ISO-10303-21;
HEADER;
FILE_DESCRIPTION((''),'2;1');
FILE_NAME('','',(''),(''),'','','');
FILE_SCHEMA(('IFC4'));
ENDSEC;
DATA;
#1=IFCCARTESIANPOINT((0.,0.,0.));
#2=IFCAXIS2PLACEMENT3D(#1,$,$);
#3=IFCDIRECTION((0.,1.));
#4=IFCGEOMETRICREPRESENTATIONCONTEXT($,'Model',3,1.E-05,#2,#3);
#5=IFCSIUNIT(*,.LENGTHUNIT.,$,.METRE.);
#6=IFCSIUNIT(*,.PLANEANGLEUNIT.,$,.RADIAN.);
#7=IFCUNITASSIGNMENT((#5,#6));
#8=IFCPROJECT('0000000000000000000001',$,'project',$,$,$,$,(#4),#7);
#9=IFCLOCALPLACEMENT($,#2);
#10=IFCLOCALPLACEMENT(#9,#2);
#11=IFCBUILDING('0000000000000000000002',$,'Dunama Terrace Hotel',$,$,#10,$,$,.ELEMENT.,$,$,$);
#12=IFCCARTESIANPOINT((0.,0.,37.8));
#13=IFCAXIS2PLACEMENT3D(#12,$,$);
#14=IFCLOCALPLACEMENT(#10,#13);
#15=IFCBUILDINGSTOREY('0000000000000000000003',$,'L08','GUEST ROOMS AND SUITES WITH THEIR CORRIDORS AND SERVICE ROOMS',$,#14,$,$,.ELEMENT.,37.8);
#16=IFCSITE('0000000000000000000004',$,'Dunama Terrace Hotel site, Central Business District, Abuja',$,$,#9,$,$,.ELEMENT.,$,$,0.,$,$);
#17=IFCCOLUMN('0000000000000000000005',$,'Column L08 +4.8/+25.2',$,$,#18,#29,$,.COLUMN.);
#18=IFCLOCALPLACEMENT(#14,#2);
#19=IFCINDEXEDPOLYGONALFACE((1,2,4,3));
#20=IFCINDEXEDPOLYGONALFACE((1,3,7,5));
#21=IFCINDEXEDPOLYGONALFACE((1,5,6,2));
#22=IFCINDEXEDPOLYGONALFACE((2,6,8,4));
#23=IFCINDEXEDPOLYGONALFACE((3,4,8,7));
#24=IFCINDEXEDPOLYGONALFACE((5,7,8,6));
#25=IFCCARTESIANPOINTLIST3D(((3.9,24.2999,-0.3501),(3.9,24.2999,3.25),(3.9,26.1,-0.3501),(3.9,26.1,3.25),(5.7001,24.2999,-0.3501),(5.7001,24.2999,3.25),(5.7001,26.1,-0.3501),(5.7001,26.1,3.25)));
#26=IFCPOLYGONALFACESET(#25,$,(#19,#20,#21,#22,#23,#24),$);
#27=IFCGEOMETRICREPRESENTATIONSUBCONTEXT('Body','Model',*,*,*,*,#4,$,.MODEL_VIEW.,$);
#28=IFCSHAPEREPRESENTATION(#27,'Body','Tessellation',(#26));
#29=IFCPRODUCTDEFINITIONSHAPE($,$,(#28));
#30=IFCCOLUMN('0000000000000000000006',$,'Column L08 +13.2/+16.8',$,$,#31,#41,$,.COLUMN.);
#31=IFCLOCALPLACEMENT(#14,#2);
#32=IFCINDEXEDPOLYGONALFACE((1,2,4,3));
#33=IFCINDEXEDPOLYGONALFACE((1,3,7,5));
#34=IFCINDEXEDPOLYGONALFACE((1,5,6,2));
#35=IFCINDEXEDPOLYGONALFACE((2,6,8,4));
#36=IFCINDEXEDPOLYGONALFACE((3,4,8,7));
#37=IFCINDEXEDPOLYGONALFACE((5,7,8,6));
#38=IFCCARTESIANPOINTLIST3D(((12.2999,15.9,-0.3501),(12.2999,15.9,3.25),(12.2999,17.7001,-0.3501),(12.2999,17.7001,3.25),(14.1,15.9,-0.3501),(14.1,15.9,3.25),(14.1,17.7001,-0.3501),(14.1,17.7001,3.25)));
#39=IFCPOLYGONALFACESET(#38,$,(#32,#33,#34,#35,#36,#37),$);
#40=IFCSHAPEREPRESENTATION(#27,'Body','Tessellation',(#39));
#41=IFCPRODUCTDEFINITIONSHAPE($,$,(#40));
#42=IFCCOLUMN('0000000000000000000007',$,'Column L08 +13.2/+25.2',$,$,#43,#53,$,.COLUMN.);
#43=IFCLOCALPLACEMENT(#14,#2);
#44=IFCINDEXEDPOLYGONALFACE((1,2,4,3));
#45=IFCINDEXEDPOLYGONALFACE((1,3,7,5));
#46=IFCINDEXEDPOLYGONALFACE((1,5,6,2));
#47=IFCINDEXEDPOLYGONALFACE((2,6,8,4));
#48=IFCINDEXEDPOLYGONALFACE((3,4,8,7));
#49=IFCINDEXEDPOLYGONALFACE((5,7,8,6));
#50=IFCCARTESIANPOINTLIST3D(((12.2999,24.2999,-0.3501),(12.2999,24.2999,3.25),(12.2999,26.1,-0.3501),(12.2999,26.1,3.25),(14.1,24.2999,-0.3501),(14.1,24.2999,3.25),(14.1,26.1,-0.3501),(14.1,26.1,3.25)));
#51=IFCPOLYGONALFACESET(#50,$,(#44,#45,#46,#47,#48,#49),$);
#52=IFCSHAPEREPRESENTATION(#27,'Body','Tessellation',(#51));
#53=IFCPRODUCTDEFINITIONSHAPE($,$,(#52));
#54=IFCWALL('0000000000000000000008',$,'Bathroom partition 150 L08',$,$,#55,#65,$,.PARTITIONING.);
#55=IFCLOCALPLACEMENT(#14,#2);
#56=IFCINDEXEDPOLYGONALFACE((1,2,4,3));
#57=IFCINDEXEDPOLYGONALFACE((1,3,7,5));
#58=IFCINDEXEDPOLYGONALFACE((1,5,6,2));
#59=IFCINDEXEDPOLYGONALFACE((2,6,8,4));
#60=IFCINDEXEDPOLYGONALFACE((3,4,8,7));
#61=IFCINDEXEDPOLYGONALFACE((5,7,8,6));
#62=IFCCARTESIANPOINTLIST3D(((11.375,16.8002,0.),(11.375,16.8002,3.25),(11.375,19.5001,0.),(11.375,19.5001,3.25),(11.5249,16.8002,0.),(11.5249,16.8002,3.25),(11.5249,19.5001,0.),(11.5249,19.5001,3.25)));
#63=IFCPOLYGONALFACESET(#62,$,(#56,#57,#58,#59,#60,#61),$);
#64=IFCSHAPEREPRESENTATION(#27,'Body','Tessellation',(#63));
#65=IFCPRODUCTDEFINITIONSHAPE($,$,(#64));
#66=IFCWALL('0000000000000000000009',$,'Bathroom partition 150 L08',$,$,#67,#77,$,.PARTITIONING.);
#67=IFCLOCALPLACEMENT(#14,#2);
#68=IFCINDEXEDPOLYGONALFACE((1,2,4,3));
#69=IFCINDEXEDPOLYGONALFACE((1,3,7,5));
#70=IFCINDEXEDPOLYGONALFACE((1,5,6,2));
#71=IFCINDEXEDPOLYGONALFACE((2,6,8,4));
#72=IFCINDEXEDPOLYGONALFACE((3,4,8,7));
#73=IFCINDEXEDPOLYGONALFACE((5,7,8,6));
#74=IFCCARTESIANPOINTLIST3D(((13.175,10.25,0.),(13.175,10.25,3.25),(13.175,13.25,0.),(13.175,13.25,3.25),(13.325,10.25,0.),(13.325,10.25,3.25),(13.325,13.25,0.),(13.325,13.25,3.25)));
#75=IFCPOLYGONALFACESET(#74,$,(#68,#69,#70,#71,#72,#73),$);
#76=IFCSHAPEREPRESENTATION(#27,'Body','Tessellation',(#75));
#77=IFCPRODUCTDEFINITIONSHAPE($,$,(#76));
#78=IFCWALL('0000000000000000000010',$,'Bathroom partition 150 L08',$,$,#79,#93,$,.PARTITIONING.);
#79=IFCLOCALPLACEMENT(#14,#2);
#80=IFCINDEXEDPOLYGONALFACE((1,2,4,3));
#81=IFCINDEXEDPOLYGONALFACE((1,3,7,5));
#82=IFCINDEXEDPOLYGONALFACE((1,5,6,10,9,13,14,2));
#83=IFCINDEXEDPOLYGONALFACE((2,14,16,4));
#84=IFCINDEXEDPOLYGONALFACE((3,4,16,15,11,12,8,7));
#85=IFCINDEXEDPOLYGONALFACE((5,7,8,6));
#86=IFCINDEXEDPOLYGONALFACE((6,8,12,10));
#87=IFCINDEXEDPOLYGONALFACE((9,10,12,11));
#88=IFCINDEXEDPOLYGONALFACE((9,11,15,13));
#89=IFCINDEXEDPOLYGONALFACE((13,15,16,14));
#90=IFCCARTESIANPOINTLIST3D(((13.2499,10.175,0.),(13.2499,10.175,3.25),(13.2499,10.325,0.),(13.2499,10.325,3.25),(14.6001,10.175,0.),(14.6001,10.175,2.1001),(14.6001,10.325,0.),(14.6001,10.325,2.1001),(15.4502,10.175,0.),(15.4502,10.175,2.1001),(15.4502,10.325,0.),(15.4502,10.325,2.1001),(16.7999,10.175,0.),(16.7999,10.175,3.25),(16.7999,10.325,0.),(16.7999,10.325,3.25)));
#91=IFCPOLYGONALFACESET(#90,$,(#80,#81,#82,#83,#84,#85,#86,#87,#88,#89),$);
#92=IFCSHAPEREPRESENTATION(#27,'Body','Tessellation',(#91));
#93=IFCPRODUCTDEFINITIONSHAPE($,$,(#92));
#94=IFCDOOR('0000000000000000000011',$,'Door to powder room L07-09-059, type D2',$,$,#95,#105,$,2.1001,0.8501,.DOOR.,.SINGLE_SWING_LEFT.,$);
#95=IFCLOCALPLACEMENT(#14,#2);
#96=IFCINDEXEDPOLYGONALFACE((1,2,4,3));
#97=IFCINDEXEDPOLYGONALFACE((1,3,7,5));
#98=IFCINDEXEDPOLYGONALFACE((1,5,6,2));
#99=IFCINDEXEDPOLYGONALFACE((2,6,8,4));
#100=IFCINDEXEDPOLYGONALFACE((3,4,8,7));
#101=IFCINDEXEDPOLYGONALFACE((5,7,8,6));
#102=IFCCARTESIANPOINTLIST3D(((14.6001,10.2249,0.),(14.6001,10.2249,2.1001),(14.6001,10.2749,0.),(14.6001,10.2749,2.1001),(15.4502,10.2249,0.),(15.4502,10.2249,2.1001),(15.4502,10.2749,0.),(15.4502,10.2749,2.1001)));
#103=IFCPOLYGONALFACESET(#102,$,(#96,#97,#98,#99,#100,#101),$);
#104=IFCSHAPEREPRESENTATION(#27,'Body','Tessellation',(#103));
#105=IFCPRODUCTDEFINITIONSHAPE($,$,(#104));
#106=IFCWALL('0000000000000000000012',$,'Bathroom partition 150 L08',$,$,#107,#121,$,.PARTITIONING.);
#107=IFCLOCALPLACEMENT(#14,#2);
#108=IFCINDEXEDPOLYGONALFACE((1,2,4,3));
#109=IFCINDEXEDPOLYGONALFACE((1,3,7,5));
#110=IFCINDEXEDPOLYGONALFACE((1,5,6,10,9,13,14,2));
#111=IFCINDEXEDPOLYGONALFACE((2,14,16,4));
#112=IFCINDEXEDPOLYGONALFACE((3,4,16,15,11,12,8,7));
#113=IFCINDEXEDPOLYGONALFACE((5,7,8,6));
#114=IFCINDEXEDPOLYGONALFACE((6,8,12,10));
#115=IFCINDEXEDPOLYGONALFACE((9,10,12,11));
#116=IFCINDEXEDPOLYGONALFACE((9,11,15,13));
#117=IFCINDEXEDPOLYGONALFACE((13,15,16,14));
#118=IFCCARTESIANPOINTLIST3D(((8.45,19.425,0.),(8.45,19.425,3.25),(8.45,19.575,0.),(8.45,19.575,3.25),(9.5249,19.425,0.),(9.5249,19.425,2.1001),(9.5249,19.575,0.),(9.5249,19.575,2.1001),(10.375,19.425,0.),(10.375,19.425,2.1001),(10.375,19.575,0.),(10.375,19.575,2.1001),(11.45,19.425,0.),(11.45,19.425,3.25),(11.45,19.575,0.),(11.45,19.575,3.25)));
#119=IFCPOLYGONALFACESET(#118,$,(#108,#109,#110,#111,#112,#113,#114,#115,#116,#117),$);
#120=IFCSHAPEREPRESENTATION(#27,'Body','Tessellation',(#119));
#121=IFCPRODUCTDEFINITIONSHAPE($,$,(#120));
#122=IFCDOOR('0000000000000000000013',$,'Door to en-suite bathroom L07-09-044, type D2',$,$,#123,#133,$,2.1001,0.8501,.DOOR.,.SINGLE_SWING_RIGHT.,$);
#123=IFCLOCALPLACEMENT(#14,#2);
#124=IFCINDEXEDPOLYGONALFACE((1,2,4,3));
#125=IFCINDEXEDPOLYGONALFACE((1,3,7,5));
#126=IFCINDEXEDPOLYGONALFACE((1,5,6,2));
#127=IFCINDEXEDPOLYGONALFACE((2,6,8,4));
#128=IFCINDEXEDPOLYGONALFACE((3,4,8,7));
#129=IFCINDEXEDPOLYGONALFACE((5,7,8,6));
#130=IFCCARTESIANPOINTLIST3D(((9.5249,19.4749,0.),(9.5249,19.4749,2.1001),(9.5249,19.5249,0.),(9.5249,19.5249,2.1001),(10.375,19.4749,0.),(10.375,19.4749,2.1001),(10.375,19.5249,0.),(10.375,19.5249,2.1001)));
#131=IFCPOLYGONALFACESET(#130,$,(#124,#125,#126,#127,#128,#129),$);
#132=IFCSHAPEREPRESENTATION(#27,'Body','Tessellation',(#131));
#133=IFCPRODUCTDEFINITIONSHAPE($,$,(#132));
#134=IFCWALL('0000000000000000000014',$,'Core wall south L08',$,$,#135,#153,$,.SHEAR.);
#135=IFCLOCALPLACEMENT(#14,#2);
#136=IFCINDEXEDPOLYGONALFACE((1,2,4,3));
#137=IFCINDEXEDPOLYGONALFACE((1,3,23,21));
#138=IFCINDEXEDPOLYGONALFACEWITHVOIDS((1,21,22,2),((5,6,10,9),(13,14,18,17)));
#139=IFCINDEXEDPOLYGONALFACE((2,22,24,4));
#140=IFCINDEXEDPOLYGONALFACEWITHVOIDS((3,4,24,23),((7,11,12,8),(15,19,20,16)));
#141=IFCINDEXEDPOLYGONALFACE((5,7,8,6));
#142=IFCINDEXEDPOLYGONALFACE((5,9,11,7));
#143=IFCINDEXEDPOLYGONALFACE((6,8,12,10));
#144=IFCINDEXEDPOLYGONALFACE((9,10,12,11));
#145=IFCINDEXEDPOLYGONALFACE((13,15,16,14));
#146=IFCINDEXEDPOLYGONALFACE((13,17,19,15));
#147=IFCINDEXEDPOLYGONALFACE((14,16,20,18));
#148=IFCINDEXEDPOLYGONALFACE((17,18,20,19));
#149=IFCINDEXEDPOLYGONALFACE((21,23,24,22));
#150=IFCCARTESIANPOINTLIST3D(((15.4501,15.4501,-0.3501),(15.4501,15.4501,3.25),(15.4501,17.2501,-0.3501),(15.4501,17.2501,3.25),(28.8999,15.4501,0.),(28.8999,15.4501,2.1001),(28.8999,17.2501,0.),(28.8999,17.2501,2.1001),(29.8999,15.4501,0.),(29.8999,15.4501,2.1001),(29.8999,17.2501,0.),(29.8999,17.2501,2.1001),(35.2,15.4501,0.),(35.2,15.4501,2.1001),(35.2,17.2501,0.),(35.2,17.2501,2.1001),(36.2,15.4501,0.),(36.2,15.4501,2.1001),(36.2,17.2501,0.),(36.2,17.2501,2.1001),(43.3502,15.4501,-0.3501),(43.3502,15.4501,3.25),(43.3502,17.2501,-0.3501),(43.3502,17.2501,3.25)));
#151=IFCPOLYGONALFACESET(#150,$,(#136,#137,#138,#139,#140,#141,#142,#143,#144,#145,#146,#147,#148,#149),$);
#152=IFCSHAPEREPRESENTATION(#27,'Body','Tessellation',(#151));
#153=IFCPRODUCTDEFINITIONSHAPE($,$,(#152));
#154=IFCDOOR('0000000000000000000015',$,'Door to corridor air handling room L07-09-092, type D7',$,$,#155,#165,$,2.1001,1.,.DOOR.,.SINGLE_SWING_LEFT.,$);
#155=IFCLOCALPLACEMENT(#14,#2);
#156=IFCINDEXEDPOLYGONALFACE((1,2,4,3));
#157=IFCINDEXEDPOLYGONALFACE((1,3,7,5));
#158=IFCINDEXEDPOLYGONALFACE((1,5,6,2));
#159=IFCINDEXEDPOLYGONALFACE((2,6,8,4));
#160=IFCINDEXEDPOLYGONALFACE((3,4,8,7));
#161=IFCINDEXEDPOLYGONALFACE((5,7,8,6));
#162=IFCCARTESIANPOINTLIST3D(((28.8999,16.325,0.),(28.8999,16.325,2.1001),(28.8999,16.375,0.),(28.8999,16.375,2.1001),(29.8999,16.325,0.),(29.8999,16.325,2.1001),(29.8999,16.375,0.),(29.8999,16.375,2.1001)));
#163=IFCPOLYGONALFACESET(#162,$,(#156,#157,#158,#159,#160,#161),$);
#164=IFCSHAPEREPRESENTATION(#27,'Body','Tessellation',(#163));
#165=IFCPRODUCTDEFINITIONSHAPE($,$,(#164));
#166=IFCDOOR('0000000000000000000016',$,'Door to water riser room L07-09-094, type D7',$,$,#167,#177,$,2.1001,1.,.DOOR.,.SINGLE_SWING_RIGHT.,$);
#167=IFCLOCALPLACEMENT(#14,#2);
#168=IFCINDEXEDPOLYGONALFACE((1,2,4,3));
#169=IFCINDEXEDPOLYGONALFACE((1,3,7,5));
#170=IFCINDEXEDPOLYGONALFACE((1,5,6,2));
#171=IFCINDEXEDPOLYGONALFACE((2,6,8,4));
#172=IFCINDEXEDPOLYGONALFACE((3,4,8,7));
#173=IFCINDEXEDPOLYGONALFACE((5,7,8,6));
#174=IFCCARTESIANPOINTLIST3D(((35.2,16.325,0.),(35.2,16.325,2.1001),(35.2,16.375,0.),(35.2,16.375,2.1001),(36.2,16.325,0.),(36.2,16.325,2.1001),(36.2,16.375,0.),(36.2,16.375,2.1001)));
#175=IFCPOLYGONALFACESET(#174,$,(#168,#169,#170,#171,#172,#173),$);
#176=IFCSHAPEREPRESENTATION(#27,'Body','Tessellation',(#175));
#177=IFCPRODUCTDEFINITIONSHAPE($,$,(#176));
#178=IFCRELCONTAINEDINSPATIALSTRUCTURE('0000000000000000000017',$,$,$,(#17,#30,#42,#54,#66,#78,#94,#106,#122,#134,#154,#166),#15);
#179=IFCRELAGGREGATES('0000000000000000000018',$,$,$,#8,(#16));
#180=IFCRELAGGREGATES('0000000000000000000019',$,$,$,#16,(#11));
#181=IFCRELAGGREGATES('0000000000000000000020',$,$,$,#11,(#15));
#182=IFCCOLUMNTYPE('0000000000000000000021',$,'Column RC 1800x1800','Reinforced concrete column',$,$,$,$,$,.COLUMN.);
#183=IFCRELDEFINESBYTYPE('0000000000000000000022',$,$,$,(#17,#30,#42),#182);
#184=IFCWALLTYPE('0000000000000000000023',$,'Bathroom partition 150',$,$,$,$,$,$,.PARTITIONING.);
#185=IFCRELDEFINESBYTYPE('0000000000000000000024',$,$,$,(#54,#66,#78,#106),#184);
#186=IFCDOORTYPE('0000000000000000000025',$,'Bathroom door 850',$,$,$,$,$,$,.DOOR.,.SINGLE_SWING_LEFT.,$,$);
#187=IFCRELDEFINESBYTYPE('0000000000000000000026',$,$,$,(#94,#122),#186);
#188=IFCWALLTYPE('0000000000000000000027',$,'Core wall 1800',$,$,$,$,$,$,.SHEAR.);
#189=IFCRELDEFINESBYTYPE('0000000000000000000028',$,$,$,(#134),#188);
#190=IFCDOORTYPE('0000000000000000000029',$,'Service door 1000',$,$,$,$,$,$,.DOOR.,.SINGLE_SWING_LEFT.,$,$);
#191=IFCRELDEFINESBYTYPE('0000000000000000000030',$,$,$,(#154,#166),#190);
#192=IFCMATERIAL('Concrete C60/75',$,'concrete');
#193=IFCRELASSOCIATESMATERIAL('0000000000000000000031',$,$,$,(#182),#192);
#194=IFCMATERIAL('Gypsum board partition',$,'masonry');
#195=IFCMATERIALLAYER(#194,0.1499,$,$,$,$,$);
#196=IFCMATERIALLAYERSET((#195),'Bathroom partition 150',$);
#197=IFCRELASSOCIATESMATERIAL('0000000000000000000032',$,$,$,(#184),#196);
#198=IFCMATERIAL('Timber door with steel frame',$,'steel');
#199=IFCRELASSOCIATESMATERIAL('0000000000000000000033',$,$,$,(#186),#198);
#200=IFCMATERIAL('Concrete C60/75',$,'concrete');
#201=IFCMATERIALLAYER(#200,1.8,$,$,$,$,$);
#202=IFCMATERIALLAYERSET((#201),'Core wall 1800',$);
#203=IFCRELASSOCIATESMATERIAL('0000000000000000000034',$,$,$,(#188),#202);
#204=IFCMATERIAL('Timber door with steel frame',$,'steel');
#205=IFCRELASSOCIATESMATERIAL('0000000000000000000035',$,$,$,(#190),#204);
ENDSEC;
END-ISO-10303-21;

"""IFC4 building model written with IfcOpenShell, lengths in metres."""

from ifc_helpers import new_model, si_unit, direction, frame, frame_2d, origin, origin_2d, place, context, subcontext, project, spatial, rectangle, extrude, material, layer, layer_set, material_profile, profile_set, type_object, element, fill, save


model = new_model("IFC4")

# Units and contexts
model_context = context("Model", 3, precision=1e-05, world=origin(), true_north=direction((0.0, 1.0)))
body_context = subcontext(model_context, "Body", "Model", "MODEL_VIEW")
ifc_project = project(units=[si_unit("LENGTHUNIT", "METRE"), si_unit("PLANEANGLEUNIT", "RADIAN")], contexts=[model_context])

# Site, building, storey
site_placement = place(None, origin())
site = spatial("IfcSite", under=ifc_project, at=site_placement, Name="Dunama Terrace Hotel site, Central Business District, Abuja", CompositionType="ELEMENT", RefElevation=0.0)
building_placement = place(site_placement, origin())
building = spatial("IfcBuilding", under=site, at=building_placement, Name="Dunama Terrace Hotel", CompositionType="ELEMENT")
storey_placement = place(building_placement, frame((0.0, 0.0, 37.8)))
storey = spatial("IfcBuildingStorey", under=building, at=storey_placement, Name="L08", Description="GUEST ROOMS AND SUITES WITH THEIR CORRIDORS AND SERVICE ROOMS", CompositionType="ELEMENT", Elevation=37.8)

# Columns
ifc_material_1 = material(Name="Concrete C60/75", Category="concrete")
ifc_material_profile = material_profile(ifc_material_1, rectangle(XDim=1.8, YDim=1.8, at=origin_2d()), Name="RC 1800x1800")
ifc_profile_set = profile_set([ifc_material_profile], Name="Concrete C60/75")
column_type = type_object("IfcColumnType", Name="Column RC 1800x1800", Description="Reinforced concrete column", PredefinedType="COLUMN", material=ifc_profile_set)
for number, where, z_axis, x_axis, name in (
    (1, (4.8, 25.2, -0.3501), (0.0, 0.0, 1.0), (1.0, 0.0, 0.0), "Column L08 +4.8/+25.2"),
    (2, (13.2, 16.8, -0.3501), (0.0, 0.0, 1.0), (1.0, 0.0, 0.0), "Column L08 +13.2/+16.8"),
    (3, (13.2, 25.2, -0.3501), (0.0, 0.0, 1.0), (1.0, 0.0, 0.0), "Column L08 +13.2/+25.2"),
):
    element("IfcColumn", number, at=place(storey_placement, frame(where, z_axis=z_axis, x_axis=x_axis)), inside=storey, type_object=column_type, Name=name, PredefinedType="COLUMN", context=body_context, shape_type="SweptSolid", body=[
        extrude(rectangle(XDim=1.8, YDim=1.8, at=origin_2d()), origin(), (0.0, 0.0, 1.0), 3.6001),
    ])

# Walls
ifc_material_2 = material(Name="Gypsum board partition", Category="masonry")
ifc_layer_1 = layer(ifc_material_2, 0.1499)
ifc_layer_set_1 = layer_set([ifc_layer_1], Name="Bathroom partition 150")
wall_type_1 = type_object("IfcWallType", Name="Bathroom partition 150", PredefinedType="PARTITIONING", material=ifc_layer_set_1)
wall_1_placement = place(storey_placement, frame((11.45, 16.8, 0.0), z_axis=(0.0, 0.0, 1.0), x_axis=(0.0, 1.0, 0.0)))
element("IfcWall", 4, at=wall_1_placement, inside=storey, type_object=wall_type_1, Name="Bathroom partition 150 L08", PredefinedType="PARTITIONING", context=body_context, shape_type="SweptSolid", body=[
    extrude(rectangle(XDim=2.7, YDim=0.1499, at=frame_2d((1.3501, 0.0))), origin(), (0.0, 0.0, 1.0), 3.25),
])
wall_2_placement = place(storey_placement, frame((13.25, 10.25, 0.0), z_axis=(0.0, 0.0, 1.0), x_axis=(0.0, 1.0, 0.0)))
element("IfcWall", 5, at=wall_2_placement, inside=storey, type_object=wall_type_1, Name="Bathroom partition 150 L08", PredefinedType="PARTITIONING", context=body_context, shape_type="SweptSolid", body=[
    extrude(rectangle(XDim=3.0, YDim=0.1499, at=frame_2d((1.5, 0.0))), origin(), (0.0, 0.0, 1.0), 3.25),
])

# Walls, openings, doors
wall_3_placement = place(storey_placement, frame((13.25, 10.25, 0.0), z_axis=(0.0, 0.0, 1.0), x_axis=(1.0, 0.0, 0.0)))
wall_3 = element("IfcWall", 6, at=wall_3_placement, inside=storey, type_object=wall_type_1, Name="Bathroom partition 150 L08", PredefinedType="PARTITIONING", context=body_context, shape_type="SweptSolid", body=[
    extrude(rectangle(XDim=3.55, YDim=0.1499, at=frame_2d((1.7749, 0.0))), origin(), (0.0, 0.0, 1.0), 3.25),
])
opening_1_placement = place(wall_3_placement, frame((1.3501, 0.0, 0.0)))
opening_1 = element("IfcOpeningElement", 7, at=opening_1_placement, cuts=wall_3, PredefinedType="OPENING", context=body_context, shape_type="SweptSolid", body=[
    extrude(rectangle(XDim=0.8501, YDim=2.1001, at=frame_2d((0.425, 1.05))), frame((0.0, 0.085, 0.0), z_axis=(0.0, -1.0, 0.0), x_axis=(1.0, 0.0, 0.0)), (0.0, 0.0, 1.0), 0.1699),
])
ifc_material_3 = material(Name="Timber door with steel frame", Category="steel")
door_type_1 = type_object("IfcDoorType", Name="Bathroom door 850", OperationType="SINGLE_SWING_LEFT", PredefinedType="DOOR", material=ifc_material_3)
door_1_placement = place(opening_1_placement, origin())
door_1 = element("IfcDoor", 8, at=door_1_placement, inside=storey, type_object=door_type_1, Name="Door to powder room L07-09-059, type D2", OperationType="SINGLE_SWING_LEFT", OverallHeight=2.1001, OverallWidth=0.8501, PredefinedType="DOOR", context=body_context, shape_type="SweptSolid", body=[
    extrude(rectangle(XDim=0.8501, YDim=2.1001, at=frame_2d((0.425, 1.05))), frame((0.0, 0.0249, 0.0), z_axis=(0.0, -1.0, 0.0), x_axis=(1.0, 0.0, 0.0)), (0.0, 0.0, 1.0), 0.05),
])
fill(opening_1, door_1)
wall_4_placement = place(storey_placement, frame((8.45, 19.5, 0.0), z_axis=(0.0, 0.0, 1.0), x_axis=(1.0, 0.0, 0.0)))
wall_4 = element("IfcWall", 9, at=wall_4_placement, inside=storey, type_object=wall_type_1, Name="Bathroom partition 150 L08", PredefinedType="PARTITIONING", context=body_context, shape_type="SweptSolid", body=[
    extrude(rectangle(XDim=3.0, YDim=0.1499, at=frame_2d((1.5, 0.0))), origin(), (0.0, 0.0, 1.0), 3.25),
])
opening_2_placement = place(wall_4_placement, frame((1.075, 0.0, 0.0)))
opening_2 = element("IfcOpeningElement", 10, at=opening_2_placement, cuts=wall_4, PredefinedType="OPENING", context=body_context, shape_type="SweptSolid", body=[
    extrude(rectangle(XDim=0.8501, YDim=2.1001, at=frame_2d((0.425, 1.05))), frame((0.0, 0.085, 0.0), z_axis=(0.0, -1.0, 0.0), x_axis=(1.0, 0.0, 0.0)), (0.0, 0.0, 1.0), 0.1699),
])
door_2_placement = place(opening_2_placement, frame((0.8501, 0.0, 0.0), z_axis=(0.0, 0.0, 1.0), x_axis=(-1.0, 0.0, 0.0)))
door_2 = element("IfcDoor", 11, at=door_2_placement, inside=storey, type_object=door_type_1, Name="Door to en-suite bathroom L07-09-044, type D2", OperationType="SINGLE_SWING_RIGHT", OverallHeight=2.1001, OverallWidth=0.8501, PredefinedType="DOOR", context=body_context, shape_type="SweptSolid", body=[
    extrude(rectangle(XDim=0.8501, YDim=2.1001, at=frame_2d((0.425, 1.05))), frame((0.0, 0.0251, 0.0), z_axis=(0.0, -1.0, 0.0), x_axis=(1.0, 0.0, 0.0)), (0.0, 0.0, 1.0), 0.05),
])
fill(opening_2, door_2)

# Wall, openings, doors
ifc_material_4 = material(Name="Concrete C60/75", Category="concrete")
ifc_layer_2 = layer(ifc_material_4, 1.8)
ifc_layer_set_2 = layer_set([ifc_layer_2], Name="Core wall 1800")
wall_type_2 = type_object("IfcWallType", Name="Core wall 1800", PredefinedType="SHEAR", material=ifc_layer_set_2)
wall_5_placement = place(storey_placement, frame((15.45, 16.3501, -0.3501), z_axis=(0.0, 0.0, 1.0), x_axis=(1.0, 0.0, 0.0)))
wall_5 = element("IfcWall", 12, at=wall_5_placement, inside=storey, type_object=wall_type_2, Name="Core wall south L08", PredefinedType="SHEAR", context=body_context, shape_type="SweptSolid", body=[
    extrude(rectangle(XDim=27.9001, YDim=1.8, at=frame_2d((13.9502, 0.0))), origin(), (0.0, 0.0, 1.0), 3.6001),
])
opening_3_placement = place(wall_5_placement, frame((13.45, 0.0, 0.3501)))
opening_3 = element("IfcOpeningElement", 13, at=opening_3_placement, cuts=wall_5, PredefinedType="OPENING", context=body_context, shape_type="SweptSolid", body=[
    extrude(rectangle(XDim=1.0, YDim=2.1001, at=frame_2d((0.5, 1.05))), frame((0.0, 0.9099, 0.0), z_axis=(0.0, -1.0, 0.0), x_axis=(1.0, 0.0, 0.0)), (0.0, 0.0, 1.0), 1.8201),
])
opening_4_placement = place(wall_5_placement, frame((19.75, 0.0, 0.3501)))
opening_4 = element("IfcOpeningElement", 14, at=opening_4_placement, cuts=wall_5, PredefinedType="OPENING", context=body_context, shape_type="SweptSolid", body=[
    extrude(rectangle(XDim=1.0, YDim=2.1001, at=frame_2d((0.5, 1.05))), frame((0.0, 0.9099, 0.0), z_axis=(0.0, -1.0, 0.0), x_axis=(1.0, 0.0, 0.0)), (0.0, 0.0, 1.0), 1.8201),
])
ifc_material_5 = material(Name="Timber door with steel frame", Category="steel")
door_type_2 = type_object("IfcDoorType", Name="Service door 1000", OperationType="SINGLE_SWING_LEFT", PredefinedType="DOOR", material=ifc_material_5)
door_3_placement = place(opening_3_placement, origin())
door_3 = element("IfcDoor", 15, at=door_3_placement, inside=storey, type_object=door_type_2, Name="Door to corridor air handling room L07-09-092, type D7", OperationType="SINGLE_SWING_LEFT", OverallHeight=2.1001, OverallWidth=1.0, PredefinedType="DOOR", context=body_context, shape_type="SweptSolid", body=[
    extrude(rectangle(XDim=1.0, YDim=2.1001, at=frame_2d((0.5, 1.05))), frame((0.0, 0.0249, 0.0), z_axis=(0.0, -1.0, 0.0), x_axis=(1.0, 0.0, 0.0)), (0.0, 0.0, 1.0), 0.05),
])
fill(opening_3, door_3)
door_4_placement = place(opening_4_placement, origin())
door_4 = element("IfcDoor", 16, at=door_4_placement, inside=storey, type_object=door_type_2, Name="Door to water riser room L07-09-094, type D7", OperationType="SINGLE_SWING_RIGHT", OverallHeight=2.1001, OverallWidth=1.0, PredefinedType="DOOR", context=body_context, shape_type="SweptSolid", body=[
    extrude(rectangle(XDim=1.0, YDim=2.1001, at=frame_2d((0.5, 1.05))), frame((0.0, 0.0249, 0.0), z_axis=(0.0, -1.0, 0.0), x_axis=(1.0, 0.0, 0.0)), (0.0, 0.0, 1.0), 0.05),
])
fill(opening_4, door_4)

save(model, "model.ifc")
